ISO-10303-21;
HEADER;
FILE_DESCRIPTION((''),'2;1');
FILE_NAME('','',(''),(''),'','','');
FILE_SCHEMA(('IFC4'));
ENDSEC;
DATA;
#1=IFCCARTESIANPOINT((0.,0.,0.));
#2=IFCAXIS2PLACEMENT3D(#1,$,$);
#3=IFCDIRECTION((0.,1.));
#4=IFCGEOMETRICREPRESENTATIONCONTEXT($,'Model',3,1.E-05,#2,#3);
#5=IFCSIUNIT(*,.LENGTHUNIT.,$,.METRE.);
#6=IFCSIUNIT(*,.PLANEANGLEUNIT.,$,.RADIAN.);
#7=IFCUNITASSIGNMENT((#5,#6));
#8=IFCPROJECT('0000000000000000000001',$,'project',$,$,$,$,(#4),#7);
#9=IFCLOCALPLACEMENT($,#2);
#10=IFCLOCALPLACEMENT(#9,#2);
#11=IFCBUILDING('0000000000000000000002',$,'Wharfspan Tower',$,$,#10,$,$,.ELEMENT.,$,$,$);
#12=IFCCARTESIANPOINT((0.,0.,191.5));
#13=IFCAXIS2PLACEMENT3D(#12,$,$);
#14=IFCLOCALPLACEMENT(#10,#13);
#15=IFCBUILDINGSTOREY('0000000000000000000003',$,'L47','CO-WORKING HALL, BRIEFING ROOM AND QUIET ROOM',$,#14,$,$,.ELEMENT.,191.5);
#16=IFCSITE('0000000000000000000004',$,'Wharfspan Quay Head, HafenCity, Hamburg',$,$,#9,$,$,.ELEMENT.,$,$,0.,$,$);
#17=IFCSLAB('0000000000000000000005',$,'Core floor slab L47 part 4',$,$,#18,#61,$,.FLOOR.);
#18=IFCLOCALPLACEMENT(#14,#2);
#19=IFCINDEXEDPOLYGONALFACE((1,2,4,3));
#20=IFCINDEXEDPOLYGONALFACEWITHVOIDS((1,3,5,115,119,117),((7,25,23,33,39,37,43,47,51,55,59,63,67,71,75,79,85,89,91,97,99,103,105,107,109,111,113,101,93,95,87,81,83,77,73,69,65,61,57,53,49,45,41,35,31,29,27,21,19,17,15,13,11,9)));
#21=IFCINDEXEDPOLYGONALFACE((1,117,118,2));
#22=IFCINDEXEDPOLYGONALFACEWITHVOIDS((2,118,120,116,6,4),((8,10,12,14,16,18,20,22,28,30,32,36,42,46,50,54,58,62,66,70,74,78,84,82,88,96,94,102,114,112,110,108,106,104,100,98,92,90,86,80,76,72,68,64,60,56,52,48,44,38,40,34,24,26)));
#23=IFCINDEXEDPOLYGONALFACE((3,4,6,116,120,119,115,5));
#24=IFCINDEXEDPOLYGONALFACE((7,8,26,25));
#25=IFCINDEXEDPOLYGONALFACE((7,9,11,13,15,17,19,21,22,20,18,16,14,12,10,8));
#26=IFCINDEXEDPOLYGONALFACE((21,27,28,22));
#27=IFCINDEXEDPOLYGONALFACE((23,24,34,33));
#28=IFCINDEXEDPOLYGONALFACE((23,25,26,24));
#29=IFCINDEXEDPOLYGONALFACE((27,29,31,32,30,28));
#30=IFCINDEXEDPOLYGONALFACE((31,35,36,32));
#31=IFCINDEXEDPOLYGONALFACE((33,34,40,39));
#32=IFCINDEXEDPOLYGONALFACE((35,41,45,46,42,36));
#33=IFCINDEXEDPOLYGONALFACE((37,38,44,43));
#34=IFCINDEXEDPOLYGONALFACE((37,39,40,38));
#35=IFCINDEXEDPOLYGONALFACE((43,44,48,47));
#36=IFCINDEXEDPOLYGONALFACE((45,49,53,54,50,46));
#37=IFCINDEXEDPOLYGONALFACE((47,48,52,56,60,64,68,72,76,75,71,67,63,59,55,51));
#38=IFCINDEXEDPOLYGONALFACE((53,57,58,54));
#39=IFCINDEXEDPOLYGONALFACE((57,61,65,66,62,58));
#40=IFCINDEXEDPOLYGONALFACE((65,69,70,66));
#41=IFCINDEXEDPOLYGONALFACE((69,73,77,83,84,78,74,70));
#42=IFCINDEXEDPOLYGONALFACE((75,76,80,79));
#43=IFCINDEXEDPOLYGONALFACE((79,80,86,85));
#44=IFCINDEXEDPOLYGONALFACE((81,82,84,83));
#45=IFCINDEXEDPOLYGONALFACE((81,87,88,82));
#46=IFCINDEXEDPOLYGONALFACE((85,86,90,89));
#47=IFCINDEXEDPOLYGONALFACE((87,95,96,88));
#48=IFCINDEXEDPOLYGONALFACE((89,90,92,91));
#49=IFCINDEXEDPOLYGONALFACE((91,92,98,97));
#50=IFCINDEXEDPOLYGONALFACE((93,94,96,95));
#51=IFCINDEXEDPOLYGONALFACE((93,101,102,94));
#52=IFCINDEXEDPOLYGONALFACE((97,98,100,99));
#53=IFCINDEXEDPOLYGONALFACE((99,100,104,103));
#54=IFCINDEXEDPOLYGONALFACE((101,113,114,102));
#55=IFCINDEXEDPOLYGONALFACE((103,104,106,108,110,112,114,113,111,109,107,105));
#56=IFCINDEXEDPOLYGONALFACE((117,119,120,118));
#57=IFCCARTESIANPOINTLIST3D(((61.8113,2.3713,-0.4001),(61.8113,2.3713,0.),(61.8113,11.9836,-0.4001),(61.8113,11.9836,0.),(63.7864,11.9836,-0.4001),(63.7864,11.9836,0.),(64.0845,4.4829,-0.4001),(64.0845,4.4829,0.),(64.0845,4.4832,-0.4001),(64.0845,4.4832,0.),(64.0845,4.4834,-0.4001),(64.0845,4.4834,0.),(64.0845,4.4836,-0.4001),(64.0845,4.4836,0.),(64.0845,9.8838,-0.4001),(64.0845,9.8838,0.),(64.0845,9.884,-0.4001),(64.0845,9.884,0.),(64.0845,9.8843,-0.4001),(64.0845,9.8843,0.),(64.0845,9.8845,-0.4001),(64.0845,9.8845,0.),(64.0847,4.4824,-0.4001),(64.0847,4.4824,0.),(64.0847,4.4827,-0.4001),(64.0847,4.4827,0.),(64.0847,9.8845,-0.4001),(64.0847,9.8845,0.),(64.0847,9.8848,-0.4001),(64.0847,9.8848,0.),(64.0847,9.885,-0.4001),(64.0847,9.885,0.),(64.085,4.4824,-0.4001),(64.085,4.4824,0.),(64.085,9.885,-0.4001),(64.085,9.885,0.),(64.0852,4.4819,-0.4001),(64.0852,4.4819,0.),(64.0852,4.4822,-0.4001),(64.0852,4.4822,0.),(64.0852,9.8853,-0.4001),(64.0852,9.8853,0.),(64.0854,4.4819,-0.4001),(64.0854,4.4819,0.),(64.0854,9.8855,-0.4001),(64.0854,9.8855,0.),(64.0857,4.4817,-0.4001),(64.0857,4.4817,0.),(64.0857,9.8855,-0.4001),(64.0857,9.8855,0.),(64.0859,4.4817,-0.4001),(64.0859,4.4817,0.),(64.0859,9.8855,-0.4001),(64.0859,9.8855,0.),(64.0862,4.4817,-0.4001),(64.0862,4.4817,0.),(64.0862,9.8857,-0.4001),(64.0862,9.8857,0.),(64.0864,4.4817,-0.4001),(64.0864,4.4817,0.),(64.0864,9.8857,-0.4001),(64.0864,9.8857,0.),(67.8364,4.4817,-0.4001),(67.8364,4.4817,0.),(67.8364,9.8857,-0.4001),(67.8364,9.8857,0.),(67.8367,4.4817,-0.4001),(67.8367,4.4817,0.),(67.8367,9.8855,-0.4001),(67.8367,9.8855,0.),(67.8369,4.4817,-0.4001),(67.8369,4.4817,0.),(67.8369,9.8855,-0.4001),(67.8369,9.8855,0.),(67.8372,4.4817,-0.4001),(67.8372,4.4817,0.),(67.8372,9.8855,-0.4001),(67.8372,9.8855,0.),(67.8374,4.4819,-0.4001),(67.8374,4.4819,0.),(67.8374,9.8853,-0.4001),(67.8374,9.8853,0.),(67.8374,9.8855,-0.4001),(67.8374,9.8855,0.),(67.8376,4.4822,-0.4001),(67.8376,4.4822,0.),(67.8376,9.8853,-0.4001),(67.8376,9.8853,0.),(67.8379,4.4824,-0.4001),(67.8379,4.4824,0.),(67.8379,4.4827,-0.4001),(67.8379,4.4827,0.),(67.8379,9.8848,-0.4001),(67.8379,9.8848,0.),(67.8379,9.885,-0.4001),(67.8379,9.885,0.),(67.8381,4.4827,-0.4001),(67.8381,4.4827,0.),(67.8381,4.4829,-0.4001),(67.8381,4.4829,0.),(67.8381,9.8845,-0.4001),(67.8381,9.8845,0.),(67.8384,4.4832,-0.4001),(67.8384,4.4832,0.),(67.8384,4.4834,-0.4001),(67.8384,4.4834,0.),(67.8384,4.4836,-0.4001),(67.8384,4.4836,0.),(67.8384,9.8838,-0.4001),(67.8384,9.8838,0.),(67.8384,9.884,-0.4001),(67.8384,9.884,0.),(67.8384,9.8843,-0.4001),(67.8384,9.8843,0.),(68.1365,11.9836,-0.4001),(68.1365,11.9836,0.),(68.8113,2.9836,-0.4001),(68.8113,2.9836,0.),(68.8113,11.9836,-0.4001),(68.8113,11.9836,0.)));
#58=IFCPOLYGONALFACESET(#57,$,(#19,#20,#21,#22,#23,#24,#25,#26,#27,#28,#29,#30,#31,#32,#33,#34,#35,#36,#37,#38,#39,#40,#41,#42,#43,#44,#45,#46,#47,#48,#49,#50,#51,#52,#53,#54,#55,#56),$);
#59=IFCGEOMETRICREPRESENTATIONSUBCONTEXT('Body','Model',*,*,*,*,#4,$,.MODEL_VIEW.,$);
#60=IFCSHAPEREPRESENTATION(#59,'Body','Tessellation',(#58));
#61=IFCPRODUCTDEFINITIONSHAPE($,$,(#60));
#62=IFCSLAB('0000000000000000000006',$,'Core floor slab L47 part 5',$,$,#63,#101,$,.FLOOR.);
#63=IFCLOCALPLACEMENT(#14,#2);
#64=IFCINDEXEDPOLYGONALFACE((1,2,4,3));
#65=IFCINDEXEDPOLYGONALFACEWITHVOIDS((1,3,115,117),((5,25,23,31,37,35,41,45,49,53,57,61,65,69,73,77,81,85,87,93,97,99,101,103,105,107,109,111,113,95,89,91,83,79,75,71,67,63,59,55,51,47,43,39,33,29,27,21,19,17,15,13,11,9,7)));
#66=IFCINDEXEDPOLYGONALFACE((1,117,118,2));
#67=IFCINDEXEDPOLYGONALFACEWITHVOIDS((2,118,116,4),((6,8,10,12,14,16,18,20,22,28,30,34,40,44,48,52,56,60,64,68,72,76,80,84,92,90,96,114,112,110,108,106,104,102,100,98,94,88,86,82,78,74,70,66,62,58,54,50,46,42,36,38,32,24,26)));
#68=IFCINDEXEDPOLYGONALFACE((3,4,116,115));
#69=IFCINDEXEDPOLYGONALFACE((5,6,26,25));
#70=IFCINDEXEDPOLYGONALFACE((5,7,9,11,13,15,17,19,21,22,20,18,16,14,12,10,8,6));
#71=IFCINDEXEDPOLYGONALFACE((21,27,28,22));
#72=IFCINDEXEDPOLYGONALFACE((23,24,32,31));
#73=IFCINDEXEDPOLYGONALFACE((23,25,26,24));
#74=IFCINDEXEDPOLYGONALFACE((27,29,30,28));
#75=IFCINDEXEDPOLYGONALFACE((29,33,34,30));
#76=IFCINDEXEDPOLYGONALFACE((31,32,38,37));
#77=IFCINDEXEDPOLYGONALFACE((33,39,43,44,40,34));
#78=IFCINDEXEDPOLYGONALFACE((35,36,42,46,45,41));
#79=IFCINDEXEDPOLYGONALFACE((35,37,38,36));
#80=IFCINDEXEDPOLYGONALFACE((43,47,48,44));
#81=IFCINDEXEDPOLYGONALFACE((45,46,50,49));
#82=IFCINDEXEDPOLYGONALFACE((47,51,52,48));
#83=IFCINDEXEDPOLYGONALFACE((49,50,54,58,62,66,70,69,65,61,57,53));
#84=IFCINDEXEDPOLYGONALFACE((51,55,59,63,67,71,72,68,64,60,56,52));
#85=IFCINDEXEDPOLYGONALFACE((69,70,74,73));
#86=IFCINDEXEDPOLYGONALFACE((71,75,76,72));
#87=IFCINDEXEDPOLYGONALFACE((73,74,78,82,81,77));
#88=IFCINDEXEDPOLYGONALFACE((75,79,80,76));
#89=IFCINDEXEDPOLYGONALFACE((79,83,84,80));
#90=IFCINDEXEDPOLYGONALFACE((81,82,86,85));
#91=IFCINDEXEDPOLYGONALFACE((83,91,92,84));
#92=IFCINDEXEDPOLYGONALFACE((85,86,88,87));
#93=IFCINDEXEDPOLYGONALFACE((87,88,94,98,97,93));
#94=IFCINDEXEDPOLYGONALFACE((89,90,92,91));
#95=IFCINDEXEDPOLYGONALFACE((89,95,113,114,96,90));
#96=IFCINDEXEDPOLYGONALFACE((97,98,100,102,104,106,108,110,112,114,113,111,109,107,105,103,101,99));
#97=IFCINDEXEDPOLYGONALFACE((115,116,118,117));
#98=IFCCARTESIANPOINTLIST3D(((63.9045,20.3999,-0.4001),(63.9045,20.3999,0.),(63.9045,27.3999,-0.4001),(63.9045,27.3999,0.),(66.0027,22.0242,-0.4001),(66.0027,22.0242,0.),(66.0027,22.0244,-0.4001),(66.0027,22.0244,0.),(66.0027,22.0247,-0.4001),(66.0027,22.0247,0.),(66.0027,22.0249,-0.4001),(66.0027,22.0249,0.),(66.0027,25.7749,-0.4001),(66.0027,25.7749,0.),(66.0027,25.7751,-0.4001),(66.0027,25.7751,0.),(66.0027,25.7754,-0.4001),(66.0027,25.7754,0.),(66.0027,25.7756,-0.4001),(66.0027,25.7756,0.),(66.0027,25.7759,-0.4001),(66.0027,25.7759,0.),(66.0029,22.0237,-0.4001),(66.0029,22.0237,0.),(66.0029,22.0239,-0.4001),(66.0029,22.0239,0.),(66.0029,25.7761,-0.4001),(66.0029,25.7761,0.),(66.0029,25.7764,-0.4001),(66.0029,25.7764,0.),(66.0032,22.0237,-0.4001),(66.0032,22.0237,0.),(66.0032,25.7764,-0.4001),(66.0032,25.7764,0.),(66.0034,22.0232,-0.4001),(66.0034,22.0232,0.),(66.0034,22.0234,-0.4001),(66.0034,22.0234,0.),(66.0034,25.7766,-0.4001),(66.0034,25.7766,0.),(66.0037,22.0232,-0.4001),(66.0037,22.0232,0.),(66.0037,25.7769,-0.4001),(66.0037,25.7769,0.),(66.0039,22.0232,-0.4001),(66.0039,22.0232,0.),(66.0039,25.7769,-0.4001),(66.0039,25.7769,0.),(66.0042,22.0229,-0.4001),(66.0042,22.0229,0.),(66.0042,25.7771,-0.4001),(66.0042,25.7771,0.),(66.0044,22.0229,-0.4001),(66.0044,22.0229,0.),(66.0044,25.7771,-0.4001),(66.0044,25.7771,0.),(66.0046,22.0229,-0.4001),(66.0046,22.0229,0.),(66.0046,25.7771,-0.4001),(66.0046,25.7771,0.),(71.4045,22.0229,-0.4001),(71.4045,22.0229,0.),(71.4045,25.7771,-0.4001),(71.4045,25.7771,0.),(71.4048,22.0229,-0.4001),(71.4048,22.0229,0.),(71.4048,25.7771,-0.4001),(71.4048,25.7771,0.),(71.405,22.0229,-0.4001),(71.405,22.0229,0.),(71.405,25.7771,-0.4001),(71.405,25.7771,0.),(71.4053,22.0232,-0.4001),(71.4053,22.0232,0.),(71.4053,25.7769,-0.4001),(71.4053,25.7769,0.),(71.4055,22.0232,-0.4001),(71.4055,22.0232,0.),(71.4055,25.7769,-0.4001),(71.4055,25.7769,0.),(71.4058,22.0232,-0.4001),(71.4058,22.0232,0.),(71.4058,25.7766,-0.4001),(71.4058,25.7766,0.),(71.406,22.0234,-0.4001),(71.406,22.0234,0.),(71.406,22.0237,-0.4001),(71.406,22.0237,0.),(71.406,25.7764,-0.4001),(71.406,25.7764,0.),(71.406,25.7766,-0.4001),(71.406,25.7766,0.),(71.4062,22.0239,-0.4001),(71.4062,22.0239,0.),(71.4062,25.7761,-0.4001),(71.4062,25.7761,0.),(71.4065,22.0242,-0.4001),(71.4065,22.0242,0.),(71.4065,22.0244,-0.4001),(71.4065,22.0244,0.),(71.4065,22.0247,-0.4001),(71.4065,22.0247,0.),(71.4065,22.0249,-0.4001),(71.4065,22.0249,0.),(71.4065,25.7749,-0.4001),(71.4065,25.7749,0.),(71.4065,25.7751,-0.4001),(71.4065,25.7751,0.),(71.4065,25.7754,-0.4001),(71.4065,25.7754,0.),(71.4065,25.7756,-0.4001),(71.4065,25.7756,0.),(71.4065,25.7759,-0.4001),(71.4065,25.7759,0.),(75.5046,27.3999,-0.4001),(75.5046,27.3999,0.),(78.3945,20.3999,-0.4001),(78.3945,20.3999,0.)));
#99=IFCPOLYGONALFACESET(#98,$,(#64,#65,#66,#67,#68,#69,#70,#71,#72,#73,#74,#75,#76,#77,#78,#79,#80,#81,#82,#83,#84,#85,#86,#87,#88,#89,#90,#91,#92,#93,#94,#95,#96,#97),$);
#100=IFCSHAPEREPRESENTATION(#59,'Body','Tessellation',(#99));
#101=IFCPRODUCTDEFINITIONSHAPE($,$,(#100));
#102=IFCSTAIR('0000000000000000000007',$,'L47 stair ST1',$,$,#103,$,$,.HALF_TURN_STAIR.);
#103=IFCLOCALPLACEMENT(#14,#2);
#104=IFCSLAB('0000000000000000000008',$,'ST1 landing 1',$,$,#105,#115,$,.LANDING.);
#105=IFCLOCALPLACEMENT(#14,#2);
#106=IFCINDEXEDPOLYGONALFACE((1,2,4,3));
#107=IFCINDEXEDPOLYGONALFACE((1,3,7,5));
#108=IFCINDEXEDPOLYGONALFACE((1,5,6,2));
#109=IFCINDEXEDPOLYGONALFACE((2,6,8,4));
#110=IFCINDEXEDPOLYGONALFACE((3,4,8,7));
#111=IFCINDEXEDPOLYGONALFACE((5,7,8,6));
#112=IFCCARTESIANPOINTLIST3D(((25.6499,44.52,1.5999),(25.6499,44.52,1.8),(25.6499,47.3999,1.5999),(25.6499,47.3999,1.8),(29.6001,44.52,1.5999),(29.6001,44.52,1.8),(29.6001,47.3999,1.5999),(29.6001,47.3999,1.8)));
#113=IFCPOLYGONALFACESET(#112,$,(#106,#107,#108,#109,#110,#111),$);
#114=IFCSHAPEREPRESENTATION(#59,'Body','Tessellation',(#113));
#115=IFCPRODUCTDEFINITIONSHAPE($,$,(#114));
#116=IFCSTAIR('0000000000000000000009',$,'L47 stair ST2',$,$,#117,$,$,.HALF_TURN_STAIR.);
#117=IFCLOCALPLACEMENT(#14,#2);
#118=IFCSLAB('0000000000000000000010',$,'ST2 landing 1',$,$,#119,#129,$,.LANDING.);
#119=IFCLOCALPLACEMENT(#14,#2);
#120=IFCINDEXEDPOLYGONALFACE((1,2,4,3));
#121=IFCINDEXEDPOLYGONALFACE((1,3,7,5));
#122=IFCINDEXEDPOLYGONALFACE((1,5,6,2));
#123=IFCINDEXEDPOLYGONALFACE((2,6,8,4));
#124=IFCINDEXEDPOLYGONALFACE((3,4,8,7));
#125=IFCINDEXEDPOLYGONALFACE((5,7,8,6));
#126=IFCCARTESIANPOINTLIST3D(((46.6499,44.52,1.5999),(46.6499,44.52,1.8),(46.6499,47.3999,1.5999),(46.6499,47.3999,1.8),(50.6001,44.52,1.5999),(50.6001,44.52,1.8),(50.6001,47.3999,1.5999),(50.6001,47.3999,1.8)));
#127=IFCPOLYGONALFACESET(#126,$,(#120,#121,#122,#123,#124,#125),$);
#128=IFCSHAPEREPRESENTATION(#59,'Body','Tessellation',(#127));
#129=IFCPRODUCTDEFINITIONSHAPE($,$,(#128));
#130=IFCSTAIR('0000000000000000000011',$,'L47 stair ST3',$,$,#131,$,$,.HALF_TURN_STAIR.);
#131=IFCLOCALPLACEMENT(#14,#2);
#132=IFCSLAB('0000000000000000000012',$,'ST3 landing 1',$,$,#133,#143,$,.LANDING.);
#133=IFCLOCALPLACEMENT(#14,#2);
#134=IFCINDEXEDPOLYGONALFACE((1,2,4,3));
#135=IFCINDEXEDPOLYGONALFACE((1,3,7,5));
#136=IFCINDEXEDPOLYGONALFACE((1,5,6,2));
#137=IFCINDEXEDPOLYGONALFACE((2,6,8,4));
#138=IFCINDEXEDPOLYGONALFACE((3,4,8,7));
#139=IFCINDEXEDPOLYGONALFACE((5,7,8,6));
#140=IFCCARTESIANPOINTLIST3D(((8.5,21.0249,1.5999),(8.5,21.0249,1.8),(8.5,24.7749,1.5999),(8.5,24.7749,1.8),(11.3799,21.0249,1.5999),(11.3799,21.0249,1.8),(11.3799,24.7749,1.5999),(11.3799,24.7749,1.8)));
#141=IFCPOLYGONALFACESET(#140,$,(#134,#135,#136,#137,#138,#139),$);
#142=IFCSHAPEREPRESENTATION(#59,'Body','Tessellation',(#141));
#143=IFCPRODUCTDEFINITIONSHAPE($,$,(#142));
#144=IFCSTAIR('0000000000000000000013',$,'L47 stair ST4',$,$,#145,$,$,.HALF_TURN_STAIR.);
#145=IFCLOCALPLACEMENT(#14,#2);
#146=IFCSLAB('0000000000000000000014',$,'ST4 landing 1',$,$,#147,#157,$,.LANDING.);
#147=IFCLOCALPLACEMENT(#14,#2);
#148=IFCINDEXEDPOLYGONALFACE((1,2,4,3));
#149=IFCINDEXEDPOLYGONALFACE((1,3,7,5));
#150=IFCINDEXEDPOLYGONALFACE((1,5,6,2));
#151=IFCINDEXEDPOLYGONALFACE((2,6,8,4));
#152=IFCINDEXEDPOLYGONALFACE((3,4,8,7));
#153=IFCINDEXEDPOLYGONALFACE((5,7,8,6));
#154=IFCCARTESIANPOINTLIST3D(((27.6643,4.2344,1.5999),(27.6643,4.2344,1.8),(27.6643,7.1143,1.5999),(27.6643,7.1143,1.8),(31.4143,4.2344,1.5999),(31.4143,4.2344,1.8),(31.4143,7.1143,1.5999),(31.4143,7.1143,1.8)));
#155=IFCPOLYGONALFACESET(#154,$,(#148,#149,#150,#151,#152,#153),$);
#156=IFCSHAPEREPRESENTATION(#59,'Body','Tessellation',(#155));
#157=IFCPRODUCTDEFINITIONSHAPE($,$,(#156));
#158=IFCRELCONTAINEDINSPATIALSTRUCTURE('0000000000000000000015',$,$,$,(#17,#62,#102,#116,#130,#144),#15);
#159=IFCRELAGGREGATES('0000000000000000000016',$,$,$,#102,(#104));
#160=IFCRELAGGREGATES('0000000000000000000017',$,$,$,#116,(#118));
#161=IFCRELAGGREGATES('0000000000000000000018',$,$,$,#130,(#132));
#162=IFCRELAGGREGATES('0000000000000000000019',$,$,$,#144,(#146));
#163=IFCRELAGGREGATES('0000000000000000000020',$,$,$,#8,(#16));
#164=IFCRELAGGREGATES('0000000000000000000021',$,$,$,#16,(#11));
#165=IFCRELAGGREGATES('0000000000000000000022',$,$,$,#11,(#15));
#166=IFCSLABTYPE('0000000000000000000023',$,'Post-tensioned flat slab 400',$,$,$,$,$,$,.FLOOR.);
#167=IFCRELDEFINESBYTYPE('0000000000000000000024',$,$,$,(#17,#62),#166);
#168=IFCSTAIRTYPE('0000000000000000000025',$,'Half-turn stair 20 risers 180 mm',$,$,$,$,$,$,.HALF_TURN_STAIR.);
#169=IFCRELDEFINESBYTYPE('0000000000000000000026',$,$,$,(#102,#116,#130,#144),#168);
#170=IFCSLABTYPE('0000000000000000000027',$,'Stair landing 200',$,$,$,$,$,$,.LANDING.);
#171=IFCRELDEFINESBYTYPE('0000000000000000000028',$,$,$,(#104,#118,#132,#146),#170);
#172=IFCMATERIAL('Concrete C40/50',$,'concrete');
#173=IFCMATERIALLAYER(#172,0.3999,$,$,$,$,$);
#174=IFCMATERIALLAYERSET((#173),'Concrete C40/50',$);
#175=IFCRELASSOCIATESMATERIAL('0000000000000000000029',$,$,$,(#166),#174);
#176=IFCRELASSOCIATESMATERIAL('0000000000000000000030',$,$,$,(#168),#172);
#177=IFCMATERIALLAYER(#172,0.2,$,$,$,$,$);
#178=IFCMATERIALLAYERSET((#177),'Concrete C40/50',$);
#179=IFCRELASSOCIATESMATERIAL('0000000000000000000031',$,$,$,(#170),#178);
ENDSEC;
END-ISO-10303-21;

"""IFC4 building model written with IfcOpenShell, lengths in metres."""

from ifc_helpers import new_model, si_unit, direction, frame, origin, place, context, subcontext, project, spatial, polyline, outline, extrude, material, layer, layer_set, type_object, element, aggregate, save


model = new_model("IFC4")

# Units and contexts
model_context = context("Model", 3, precision=1e-05, world=origin(), true_north=direction((0.0, 1.0)))
body_context = subcontext(model_context, "Body", "Model", "MODEL_VIEW")
ifc_project = project(units=[si_unit("LENGTHUNIT", "METRE"), si_unit("PLANEANGLEUNIT", "RADIAN")], contexts=[model_context])

# Site, building, storey
site_placement = place(None, origin())
site = spatial("IfcSite", under=ifc_project, at=site_placement, Name="Wharfspan Quay Head, HafenCity, Hamburg", CompositionType="ELEMENT", RefElevation=0.0)
building_placement = place(site_placement, origin())
building = spatial("IfcBuilding", under=site, at=building_placement, Name="Wharfspan Tower", CompositionType="ELEMENT")
storey_placement = place(building_placement, frame((0.0, 0.0, 191.5)))
storey = spatial("IfcBuildingStorey", under=building, at=storey_placement, Name="L47", Description="CO-WORKING HALL, BRIEFING ROOM AND QUIET ROOM", CompositionType="ELEMENT", Elevation=191.5)

# Slabs
ifc_material_1 = material(Name="Concrete C40/50", Category="concrete")
ifc_layer_1 = layer(ifc_material_1, 0.3999)
ifc_layer_set_1 = layer_set([ifc_layer_1], Name="Concrete C40/50")
slab_type_1 = type_object("IfcSlabType", Name="Post-tensioned flat slab 400", PredefinedType="FLOOR", material=ifc_layer_set_1)
slab_1_placement = place(storey_placement, frame((0.0, 0.0, -0.4001)))
element("IfcSlab", 1, at=slab_1_placement, inside=storey, type_object=slab_type_1, Name="Core floor slab L47 part 4", PredefinedType="FLOOR", context=body_context, shape_type="SweptSolid", body=[
    extrude(outline(polyline([(68.8113, 11.9836), (68.1365, 11.9836), (63.7864, 11.9836), (61.8113, 11.9836), (61.8113, 2.3713), (68.8113, 2.9836), (68.8113, 11.9836)]), holes=[polyline([(64.0845, 9.8838), (64.0845, 9.8838), (64.0845, 9.884), (64.0845, 9.8843), (64.0845, 9.8845), (64.0847, 9.8845), (64.0847, 9.8848), (64.0847, 9.885), (64.085, 9.885), (64.0852, 9.8853), (64.0852, 9.8853), (64.0854, 9.8855), (64.0857, 9.8855), (64.0857, 9.8855), (64.0859, 9.8855), (64.0862, 9.8857), (64.0864, 9.8857), (67.8364, 9.8857), (67.8364, 9.8857), (67.8367, 9.8855), (67.8369, 9.8855), (67.8372, 9.8855), (67.8374, 9.8855), (67.8374, 9.8853), (67.8376, 9.8853), (67.8379, 9.885), (67.8379, 9.885), (67.8379, 9.8848), (67.8381, 9.8845), (67.8381, 9.8845), (67.8384, 9.8843), (67.8384, 9.884), (67.8384, 9.8838), (67.8384, 9.8838), (67.8384, 4.4836), (67.8384, 4.4834), (67.8384, 4.4834), (67.8384, 4.4832), (67.8381, 4.4829), (67.8381, 4.4827), (67.8379, 4.4827), (67.8379, 4.4824), (67.8379, 4.4824), (67.8376, 4.4822), (67.8374, 4.4819), (67.8374, 4.4819), (67.8372, 4.4817), (67.8369, 4.4817), (67.8367, 4.4817), (67.8364, 4.4817), (67.8364, 4.4817), (64.0864, 4.4817), (64.0862, 4.4817), (64.0859, 4.4817), (64.0857, 4.4817), (64.0857, 4.4817), (64.0854, 4.4819), (64.0852, 4.4819), (64.0852, 4.4822), (64.085, 4.4824), (64.0847, 4.4824), (64.0847, 4.4827), (64.0847, 4.4827), (64.0845, 4.4829), (64.0845, 4.4832), (64.0845, 4.4834), (64.0845, 4.4834), (64.0845, 4.4836), (64.0845, 9.8838)])]), origin(), (0.0, 0.0, 1.0), 0.4001),
])
slab_2_placement = place(storey_placement, frame((0.0, 0.0, -0.4001)))
element("IfcSlab", 2, at=slab_2_placement, inside=storey, type_object=slab_type_1, Name="Core floor slab L47 part 5", PredefinedType="FLOOR", context=body_context, shape_type="SweptSolid", body=[
    extrude(outline(polyline([(78.3945, 20.3999), (75.5046, 27.3999), (63.9045, 27.3999), (63.9045, 20.3999), (78.3945, 20.3999)]), holes=[polyline([(66.0046, 22.0229), (66.0044, 22.0229), (66.0041, 22.0229), (66.0039, 22.0232), (66.0039, 22.0232), (66.0037, 22.0232), (66.0034, 22.0232), (66.0034, 22.0234), (66.0032, 22.0237), (66.0029, 22.0237), (66.0029, 22.0239), (66.0027, 22.0242), (66.0027, 22.0242), (66.0027, 22.0244), (66.0027, 22.0247), (66.0027, 22.0249), (66.0027, 22.0249), (66.0027, 25.7749), (66.0027, 25.7751), (66.0027, 25.7754), (66.0027, 25.7756), (66.0027, 25.7759), (66.0027, 25.7759), (66.0029, 25.7761), (66.0029, 25.7764), (66.0032, 25.7764), (66.0034, 25.7766), (66.0034, 25.7766), (66.0037, 25.7769), (66.0039, 25.7769), (66.0039, 25.7769), (66.0041, 25.7771), (66.0044, 25.7771), (66.0046, 25.7771), (71.4045, 25.7771), (71.4048, 25.7771), (71.405, 25.7771), (71.4053, 25.7769), (71.4055, 25.7769), (71.4055, 25.7769), (71.4058, 25.7766), (71.406, 25.7766), (71.406, 25.7764), (71.406, 25.7764), (71.4062, 25.7761), (71.4065, 25.7759), (71.4065, 25.7759), (71.4065, 25.7756), (71.4065, 25.7754), (71.4065, 25.7751), (71.4065, 25.7749), (71.4065, 22.0249), (71.4065, 22.0249), (71.4065, 22.0247), (71.4065, 22.0244), (71.4065, 22.0242), (71.4065, 22.0242), (71.4062, 22.0239), (71.406, 22.0237), (71.406, 22.0237), (71.406, 22.0234), (71.4058, 22.0232), (71.4055, 22.0232), (71.4055, 22.0232), (71.4053, 22.0232), (71.405, 22.0229), (71.4048, 22.0229), (71.4045, 22.0229), (66.0046, 22.0229)])]), origin(), (0.0, 0.0, 1.0), 0.4001),
])

# Stairs, slabs
stair_type = type_object("IfcStairType", Name="Half-turn stair 20 risers 180 mm", PredefinedType="HALF_TURN_STAIR", material=ifc_material_1)
stair_1_placement = place(storey_placement, origin())
stair_1 = element("IfcStair", 3, at=stair_1_placement, inside=storey, type_object=stair_type, Name="L47 stair ST1", PredefinedType="HALF_TURN_STAIR")
ifc_layer_2 = layer(ifc_material_1, 0.2)
ifc_layer_set_2 = layer_set([ifc_layer_2], Name="Concrete C40/50")
slab_type_2 = type_object("IfcSlabType", Name="Stair landing 200", PredefinedType="LANDING", material=ifc_layer_set_2)
slab_3_placement = place(storey_placement, frame((0.0, 0.0, 1.5999)))
slab_3 = element("IfcSlab", 4, at=slab_3_placement, type_object=slab_type_2, Name="ST1 landing 1", PredefinedType="LANDING", context=body_context, shape_type="SweptSolid", body=[
    extrude(outline(polyline([(25.6499, 44.52), (29.6001, 44.52), (29.6001, 47.3999), (25.6499, 47.3999), (25.6499, 44.52)])), origin(), (0.0, 0.0, 1.0), 0.2002),
])
aggregate(stair_1, [slab_3])
stair_2_placement = place(storey_placement, origin())
stair_2 = element("IfcStair", 5, at=stair_2_placement, inside=storey, type_object=stair_type, Name="L47 stair ST2", PredefinedType="HALF_TURN_STAIR")
slab_4_placement = place(storey_placement, frame((0.0, 0.0, 1.5999)))
slab_4 = element("IfcSlab", 6, at=slab_4_placement, type_object=slab_type_2, Name="ST2 landing 1", PredefinedType="LANDING", context=body_context, shape_type="SweptSolid", body=[
    extrude(outline(polyline([(46.6499, 44.52), (50.6001, 44.52), (50.6001, 47.3999), (46.6499, 47.3999), (46.6499, 44.52)])), origin(), (0.0, 0.0, 1.0), 0.2002),
])
aggregate(stair_2, [slab_4])
stair_3_placement = place(storey_placement, origin())
stair_3 = element("IfcStair", 7, at=stair_3_placement, inside=storey, type_object=stair_type, Name="L47 stair ST3", PredefinedType="HALF_TURN_STAIR")
slab_5_placement = place(storey_placement, frame((0.0, 0.0, 1.5999)))
slab_5 = element("IfcSlab", 8, at=slab_5_placement, type_object=slab_type_2, Name="ST3 landing 1", PredefinedType="LANDING", context=body_context, shape_type="SweptSolid", body=[
    extrude(outline(polyline([(11.3799, 24.7749), (8.5, 24.7749), (8.5, 21.0249), (11.3799, 21.0249), (11.3799, 24.7749)])), origin(), (0.0, 0.0, 1.0), 0.2002),
])
aggregate(stair_3, [slab_5])
stair_4_placement = place(storey_placement, origin())
stair_4 = element("IfcStair", 9, at=stair_4_placement, inside=storey, type_object=stair_type, Name="L47 stair ST4", PredefinedType="HALF_TURN_STAIR")
slab_6_placement = place(storey_placement, frame((0.0, 0.0, 1.5999)))
slab_6 = element("IfcSlab", 10, at=slab_6_placement, type_object=slab_type_2, Name="ST4 landing 1", PredefinedType="LANDING", context=body_context, shape_type="SweptSolid", body=[
    extrude(outline(polyline([(27.6643, 7.1143), (27.6643, 4.2344), (31.4143, 4.2344), (31.4143, 7.1143), (27.6643, 7.1143)])), origin(), (0.0, 0.0, 1.0), 0.2002),
])
aggregate(stair_4, [slab_6])

save(model, "model.ifc")
